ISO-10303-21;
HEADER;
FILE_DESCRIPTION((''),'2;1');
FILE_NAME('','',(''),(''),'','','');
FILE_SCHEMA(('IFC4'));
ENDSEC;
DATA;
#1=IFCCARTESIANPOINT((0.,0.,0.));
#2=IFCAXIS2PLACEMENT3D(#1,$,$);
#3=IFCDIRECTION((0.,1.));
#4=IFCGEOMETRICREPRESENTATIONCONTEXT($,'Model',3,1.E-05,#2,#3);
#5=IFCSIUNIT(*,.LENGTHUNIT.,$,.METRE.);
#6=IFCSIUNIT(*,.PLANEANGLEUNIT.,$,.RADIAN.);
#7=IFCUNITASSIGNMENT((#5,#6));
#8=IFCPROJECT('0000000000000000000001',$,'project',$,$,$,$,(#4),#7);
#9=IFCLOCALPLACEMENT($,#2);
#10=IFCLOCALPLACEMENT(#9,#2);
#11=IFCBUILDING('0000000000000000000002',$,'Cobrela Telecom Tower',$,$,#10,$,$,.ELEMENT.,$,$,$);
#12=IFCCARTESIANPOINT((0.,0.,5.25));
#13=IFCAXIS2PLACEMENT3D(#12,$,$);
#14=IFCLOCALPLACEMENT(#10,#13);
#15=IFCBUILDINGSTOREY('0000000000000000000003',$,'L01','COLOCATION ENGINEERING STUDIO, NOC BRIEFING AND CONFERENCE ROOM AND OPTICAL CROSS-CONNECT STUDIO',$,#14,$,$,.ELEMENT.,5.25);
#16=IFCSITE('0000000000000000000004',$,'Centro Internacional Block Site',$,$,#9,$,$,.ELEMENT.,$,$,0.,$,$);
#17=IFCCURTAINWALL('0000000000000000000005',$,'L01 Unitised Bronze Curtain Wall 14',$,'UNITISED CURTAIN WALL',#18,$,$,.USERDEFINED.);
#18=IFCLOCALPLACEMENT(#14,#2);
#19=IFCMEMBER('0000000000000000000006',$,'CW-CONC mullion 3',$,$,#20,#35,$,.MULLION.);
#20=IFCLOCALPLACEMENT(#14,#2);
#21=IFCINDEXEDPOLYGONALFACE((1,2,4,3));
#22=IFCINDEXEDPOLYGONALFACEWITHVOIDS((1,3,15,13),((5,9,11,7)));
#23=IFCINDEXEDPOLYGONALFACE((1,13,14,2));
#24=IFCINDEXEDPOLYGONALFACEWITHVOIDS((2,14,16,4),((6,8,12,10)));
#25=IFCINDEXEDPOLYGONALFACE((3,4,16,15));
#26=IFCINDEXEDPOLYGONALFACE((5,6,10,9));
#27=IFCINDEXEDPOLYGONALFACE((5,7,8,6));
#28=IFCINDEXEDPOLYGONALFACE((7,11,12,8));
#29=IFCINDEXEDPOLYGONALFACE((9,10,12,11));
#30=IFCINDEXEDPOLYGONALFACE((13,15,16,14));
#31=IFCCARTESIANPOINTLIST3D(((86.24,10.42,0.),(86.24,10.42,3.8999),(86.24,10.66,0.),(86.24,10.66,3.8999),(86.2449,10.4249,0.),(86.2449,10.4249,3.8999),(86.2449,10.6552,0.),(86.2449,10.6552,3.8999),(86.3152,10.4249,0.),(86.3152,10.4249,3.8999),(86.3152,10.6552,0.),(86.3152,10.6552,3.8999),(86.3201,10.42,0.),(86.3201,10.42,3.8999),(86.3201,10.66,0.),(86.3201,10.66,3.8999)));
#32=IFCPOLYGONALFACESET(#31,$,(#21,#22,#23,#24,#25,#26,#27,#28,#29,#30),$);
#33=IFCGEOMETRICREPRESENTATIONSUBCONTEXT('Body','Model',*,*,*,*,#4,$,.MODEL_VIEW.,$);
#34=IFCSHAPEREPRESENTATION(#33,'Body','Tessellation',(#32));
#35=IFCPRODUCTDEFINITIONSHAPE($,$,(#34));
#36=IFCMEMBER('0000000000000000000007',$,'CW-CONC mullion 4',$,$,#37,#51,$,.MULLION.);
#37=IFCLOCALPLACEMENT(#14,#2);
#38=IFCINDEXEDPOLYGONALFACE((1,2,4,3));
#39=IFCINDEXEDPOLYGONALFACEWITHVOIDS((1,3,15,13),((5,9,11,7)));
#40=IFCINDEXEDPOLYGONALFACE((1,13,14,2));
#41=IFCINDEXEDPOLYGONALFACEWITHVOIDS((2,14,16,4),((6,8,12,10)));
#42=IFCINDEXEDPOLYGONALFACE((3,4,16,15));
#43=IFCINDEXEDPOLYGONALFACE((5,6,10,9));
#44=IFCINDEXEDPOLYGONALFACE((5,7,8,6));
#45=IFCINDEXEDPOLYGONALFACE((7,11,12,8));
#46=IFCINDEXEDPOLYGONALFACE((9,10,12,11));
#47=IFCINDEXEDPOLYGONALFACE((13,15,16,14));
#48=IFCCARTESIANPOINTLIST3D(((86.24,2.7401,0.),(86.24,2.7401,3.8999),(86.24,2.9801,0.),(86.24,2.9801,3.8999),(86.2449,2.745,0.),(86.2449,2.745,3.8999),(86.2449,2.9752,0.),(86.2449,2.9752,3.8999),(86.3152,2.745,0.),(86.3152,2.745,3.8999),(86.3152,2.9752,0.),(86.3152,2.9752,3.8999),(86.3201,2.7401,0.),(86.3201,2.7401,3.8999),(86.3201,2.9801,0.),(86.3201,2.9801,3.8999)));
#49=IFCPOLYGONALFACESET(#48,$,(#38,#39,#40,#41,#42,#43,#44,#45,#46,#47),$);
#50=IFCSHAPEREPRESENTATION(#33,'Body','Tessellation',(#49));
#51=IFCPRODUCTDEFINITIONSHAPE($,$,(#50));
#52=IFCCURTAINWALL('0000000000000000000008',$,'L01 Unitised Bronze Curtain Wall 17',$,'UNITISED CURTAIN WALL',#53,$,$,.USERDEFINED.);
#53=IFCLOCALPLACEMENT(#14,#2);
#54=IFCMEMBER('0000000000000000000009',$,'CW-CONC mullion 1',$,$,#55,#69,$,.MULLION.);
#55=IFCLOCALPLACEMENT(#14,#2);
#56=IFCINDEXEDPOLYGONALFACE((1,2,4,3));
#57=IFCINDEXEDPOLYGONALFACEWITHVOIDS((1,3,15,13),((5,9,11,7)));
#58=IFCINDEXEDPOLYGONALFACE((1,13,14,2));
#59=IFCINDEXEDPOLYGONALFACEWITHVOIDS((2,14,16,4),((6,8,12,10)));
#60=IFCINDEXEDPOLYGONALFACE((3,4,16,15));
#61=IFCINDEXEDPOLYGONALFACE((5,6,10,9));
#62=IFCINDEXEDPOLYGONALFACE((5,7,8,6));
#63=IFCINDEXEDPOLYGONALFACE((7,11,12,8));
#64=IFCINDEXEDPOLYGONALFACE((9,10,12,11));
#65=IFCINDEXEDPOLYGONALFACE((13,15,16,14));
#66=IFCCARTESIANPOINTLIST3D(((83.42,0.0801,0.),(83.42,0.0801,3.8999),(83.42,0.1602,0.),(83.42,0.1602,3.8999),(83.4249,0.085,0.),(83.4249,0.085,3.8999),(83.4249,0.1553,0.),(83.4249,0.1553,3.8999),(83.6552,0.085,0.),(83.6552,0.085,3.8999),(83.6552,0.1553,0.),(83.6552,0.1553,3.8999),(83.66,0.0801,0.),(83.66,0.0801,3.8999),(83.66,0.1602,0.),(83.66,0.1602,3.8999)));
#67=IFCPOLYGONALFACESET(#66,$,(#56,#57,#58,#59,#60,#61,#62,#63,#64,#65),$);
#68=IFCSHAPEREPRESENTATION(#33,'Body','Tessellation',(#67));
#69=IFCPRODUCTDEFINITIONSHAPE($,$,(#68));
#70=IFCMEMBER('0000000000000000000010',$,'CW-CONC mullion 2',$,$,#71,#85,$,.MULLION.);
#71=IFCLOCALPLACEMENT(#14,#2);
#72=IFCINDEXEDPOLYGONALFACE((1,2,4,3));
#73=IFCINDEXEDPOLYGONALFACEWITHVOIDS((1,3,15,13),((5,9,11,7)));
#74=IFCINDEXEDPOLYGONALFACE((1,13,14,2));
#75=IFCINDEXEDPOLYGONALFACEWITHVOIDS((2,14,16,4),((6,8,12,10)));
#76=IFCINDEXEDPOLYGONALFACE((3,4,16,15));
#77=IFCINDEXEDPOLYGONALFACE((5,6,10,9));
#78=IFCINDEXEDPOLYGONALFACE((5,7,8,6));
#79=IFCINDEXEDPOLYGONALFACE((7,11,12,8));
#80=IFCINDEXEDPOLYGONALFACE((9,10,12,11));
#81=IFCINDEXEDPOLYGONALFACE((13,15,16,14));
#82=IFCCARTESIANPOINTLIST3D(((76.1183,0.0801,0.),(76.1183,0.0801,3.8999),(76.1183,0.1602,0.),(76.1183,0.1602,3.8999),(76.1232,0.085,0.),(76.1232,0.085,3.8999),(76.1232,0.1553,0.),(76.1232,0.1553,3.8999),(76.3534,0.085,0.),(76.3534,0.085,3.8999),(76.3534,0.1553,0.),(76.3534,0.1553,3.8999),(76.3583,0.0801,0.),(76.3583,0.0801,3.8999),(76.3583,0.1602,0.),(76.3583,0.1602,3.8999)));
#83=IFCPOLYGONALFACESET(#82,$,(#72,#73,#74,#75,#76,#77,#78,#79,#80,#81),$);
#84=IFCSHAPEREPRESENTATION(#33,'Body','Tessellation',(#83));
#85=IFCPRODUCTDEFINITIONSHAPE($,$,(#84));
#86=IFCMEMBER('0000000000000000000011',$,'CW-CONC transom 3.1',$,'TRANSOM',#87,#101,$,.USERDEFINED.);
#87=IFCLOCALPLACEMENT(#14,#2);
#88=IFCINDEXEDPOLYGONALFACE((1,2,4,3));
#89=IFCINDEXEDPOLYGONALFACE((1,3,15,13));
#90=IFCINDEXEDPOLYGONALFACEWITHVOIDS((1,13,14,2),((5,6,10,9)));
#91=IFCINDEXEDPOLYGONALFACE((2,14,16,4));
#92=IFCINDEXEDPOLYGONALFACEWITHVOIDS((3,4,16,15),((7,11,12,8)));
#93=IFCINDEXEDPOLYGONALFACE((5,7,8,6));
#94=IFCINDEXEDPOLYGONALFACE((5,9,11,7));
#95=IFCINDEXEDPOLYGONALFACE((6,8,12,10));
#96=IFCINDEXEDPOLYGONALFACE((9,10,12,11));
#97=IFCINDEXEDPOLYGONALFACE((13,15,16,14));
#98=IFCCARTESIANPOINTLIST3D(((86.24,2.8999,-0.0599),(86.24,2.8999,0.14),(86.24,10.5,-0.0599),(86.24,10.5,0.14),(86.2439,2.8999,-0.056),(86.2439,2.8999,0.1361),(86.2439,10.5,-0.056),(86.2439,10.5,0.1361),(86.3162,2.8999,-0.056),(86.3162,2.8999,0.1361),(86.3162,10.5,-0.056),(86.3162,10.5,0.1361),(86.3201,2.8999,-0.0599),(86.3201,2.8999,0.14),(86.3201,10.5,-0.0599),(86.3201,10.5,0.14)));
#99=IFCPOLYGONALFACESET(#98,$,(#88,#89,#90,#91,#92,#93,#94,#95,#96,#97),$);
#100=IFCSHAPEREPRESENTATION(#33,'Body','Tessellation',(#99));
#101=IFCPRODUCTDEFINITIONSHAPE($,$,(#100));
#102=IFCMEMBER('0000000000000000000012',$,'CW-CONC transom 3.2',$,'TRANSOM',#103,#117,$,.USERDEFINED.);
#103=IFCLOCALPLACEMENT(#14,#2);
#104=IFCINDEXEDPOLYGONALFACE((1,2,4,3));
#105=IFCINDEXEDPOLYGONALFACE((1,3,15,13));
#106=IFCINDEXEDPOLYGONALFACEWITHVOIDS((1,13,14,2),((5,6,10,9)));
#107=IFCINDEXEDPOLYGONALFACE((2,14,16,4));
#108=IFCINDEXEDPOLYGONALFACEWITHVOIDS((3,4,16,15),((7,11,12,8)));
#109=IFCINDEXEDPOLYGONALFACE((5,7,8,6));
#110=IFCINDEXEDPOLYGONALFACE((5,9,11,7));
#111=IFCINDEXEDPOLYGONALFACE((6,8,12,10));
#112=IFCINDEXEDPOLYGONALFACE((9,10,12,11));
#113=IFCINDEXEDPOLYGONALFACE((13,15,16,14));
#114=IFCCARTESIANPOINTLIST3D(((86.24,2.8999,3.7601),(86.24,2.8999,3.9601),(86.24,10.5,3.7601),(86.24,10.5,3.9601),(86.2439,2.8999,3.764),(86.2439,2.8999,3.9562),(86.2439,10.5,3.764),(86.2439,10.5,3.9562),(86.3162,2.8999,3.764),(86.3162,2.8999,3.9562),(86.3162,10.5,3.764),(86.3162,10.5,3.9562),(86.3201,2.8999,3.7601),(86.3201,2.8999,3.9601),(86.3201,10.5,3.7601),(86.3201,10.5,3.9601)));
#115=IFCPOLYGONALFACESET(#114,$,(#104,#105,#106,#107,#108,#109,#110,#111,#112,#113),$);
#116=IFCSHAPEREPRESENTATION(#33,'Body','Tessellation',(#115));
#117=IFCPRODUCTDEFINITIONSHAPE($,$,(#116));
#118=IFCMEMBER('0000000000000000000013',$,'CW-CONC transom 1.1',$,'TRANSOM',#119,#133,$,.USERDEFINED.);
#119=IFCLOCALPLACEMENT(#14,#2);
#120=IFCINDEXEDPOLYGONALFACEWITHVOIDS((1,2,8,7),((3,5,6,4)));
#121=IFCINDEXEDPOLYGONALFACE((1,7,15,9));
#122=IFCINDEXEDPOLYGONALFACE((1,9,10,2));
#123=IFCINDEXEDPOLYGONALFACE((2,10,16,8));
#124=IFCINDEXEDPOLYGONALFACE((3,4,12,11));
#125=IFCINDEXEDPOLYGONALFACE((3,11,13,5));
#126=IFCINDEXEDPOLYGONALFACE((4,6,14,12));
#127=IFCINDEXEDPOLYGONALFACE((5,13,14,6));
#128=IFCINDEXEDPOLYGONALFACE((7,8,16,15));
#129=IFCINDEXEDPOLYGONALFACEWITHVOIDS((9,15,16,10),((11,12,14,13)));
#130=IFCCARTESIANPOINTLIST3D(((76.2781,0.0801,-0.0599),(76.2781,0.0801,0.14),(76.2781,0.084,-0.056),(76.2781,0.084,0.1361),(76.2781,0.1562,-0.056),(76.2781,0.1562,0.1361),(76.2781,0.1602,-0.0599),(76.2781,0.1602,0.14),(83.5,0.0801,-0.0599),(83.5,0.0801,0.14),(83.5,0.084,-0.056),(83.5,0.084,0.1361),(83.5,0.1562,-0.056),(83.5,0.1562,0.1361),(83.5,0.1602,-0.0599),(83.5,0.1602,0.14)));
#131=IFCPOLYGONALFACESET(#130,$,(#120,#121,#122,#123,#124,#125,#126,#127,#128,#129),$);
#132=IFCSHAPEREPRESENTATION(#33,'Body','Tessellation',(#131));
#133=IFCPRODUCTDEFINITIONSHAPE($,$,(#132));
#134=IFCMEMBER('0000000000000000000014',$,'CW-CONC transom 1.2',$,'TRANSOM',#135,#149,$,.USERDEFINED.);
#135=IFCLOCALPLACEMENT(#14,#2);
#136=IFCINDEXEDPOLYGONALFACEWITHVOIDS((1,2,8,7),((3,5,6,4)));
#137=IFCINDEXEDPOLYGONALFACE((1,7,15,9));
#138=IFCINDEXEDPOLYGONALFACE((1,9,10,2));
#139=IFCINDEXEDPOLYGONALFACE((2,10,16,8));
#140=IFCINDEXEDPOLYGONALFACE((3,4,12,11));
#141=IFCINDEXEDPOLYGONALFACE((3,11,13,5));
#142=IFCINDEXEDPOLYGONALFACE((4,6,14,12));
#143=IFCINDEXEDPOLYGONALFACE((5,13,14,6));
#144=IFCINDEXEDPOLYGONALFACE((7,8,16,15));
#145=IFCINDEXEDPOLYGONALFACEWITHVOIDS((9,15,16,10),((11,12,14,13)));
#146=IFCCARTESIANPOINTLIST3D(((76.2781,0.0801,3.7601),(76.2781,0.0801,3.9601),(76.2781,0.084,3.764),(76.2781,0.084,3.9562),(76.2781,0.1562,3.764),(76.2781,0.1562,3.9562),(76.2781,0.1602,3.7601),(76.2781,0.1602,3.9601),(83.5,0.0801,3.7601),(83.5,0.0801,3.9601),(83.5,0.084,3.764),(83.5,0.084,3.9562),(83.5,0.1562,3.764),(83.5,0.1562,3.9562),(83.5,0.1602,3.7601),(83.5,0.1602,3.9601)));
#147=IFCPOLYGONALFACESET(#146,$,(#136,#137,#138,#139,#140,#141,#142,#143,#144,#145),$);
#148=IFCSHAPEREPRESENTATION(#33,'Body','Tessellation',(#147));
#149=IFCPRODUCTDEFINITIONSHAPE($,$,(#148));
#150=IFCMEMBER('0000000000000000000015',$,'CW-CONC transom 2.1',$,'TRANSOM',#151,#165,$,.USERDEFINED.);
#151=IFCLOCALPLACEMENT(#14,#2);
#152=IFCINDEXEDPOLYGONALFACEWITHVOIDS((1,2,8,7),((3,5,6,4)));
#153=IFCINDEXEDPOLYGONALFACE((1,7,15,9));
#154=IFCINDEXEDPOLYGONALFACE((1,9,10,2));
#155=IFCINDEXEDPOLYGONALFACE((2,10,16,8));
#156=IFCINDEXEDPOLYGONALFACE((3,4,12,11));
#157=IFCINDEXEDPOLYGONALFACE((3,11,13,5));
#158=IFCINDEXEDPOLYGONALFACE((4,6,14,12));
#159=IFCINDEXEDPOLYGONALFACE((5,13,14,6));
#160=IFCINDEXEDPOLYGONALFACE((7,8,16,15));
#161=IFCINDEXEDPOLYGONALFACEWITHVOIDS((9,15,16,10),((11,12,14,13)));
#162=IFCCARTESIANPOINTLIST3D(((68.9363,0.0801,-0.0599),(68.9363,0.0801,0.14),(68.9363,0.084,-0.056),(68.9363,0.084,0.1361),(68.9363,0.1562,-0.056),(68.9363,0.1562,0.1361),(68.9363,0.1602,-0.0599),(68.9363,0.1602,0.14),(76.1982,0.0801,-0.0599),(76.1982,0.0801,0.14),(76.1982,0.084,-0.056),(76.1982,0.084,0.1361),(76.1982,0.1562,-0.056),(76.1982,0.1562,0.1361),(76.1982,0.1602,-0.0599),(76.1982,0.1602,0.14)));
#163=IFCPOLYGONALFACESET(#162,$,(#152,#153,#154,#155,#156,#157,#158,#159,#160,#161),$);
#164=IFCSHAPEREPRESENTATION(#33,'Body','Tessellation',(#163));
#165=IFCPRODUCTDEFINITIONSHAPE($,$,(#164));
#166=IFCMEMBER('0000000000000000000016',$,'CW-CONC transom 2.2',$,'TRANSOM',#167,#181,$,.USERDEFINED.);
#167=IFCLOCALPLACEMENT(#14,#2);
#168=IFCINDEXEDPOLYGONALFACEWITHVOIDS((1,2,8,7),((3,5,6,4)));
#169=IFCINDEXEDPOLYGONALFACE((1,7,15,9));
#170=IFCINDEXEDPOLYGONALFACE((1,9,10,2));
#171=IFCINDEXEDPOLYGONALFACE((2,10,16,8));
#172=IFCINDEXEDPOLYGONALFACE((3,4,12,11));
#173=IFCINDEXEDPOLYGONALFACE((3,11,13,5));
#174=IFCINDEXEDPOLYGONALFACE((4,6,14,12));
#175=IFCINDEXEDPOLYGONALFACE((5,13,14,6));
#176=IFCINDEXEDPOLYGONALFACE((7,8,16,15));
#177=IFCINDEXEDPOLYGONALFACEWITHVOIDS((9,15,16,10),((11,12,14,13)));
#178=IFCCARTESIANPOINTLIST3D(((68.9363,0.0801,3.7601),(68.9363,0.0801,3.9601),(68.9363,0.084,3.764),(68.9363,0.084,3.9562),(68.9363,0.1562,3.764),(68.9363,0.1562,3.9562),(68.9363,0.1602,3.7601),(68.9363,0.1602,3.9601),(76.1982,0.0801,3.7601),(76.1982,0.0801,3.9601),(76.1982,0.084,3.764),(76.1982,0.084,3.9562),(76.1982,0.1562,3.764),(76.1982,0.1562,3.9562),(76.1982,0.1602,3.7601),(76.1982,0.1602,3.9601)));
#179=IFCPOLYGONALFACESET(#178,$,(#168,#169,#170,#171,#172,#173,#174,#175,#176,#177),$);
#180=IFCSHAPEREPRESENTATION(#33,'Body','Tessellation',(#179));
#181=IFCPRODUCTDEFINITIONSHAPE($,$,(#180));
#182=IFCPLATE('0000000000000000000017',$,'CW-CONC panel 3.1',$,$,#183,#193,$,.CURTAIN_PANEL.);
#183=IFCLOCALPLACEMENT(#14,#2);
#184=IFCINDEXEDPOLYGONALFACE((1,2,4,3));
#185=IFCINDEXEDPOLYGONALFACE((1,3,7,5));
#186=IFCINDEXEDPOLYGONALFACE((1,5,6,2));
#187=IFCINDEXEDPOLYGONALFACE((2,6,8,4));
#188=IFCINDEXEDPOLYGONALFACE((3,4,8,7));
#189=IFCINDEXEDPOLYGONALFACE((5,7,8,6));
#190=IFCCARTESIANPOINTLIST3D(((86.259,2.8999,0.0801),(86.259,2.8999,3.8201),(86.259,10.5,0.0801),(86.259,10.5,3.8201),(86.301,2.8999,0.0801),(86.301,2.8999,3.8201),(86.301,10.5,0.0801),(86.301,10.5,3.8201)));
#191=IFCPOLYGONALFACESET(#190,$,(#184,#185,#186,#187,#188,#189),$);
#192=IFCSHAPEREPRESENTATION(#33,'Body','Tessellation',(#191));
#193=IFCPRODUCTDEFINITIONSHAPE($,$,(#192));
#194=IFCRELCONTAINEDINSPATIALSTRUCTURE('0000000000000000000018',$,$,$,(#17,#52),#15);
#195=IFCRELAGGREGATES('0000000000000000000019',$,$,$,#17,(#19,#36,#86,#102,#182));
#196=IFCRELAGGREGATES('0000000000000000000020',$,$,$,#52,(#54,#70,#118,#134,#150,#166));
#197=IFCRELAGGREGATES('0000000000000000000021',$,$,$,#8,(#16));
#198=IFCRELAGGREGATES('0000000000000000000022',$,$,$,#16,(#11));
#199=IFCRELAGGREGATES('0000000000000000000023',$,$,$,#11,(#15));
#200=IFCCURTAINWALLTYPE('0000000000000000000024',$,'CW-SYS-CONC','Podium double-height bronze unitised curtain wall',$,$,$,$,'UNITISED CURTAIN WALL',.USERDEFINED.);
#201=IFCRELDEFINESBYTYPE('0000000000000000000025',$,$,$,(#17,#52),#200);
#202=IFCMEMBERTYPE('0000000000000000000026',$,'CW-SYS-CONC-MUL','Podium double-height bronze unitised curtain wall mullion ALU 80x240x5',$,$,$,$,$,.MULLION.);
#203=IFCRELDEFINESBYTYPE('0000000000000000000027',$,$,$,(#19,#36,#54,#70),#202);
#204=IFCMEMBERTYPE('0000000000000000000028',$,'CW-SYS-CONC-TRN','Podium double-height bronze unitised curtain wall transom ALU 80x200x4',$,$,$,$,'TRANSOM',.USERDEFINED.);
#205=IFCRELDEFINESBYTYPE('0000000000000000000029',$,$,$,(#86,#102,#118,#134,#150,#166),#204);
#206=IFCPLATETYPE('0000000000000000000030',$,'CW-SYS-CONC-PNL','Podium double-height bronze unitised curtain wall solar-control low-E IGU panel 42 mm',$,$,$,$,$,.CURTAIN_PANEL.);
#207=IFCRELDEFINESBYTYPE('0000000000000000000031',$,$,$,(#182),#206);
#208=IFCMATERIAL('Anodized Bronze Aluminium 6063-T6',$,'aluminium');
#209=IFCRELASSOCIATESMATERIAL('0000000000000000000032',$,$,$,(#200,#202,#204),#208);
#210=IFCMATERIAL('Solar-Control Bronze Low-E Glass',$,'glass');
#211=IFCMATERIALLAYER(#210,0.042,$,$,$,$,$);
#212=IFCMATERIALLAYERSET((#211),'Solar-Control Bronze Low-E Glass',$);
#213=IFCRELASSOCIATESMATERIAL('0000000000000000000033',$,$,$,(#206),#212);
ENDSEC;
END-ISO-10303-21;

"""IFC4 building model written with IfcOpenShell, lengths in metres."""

from ifc_helpers import new_model, si_unit, direction, frame, origin, origin_2d, place, context, subcontext, project, spatial, rectangle, hollow_rectangle, extrude, material, layer, layer_set, material_profile, profile_set, type_object, element, aggregate, save


model = new_model("IFC4")

# Units and contexts
model_context = context("Model", 3, precision=1e-05, world=origin(), true_north=direction((0.0, 1.0)))
body_context = subcontext(model_context, "Body", "Model", "MODEL_VIEW")
ifc_project = project(units=[si_unit("LENGTHUNIT", "METRE"), si_unit("PLANEANGLEUNIT", "RADIAN")], contexts=[model_context])

# Site, building, storey
site_placement = place(None, origin())
site = spatial("IfcSite", under=ifc_project, at=site_placement, Name="Centro Internacional Block Site", CompositionType="ELEMENT", RefElevation=0.0)
building_placement = place(site_placement, origin())
building = spatial("IfcBuilding", under=site, at=building_placement, Name="Cobrela Telecom Tower", CompositionType="ELEMENT")
storey_placement = place(building_placement, frame((0.0, 0.0, 5.25)))
storey = spatial("IfcBuildingStorey", under=building, at=storey_placement, Name="L01", Description="COLOCATION ENGINEERING STUDIO, NOC BRIEFING AND CONFERENCE ROOM AND OPTICAL CROSS-CONNECT STUDIO", CompositionType="ELEMENT", Elevation=5.25)

# Curtain walls, members
ifc_material_1 = material(Name="Anodized Bronze Aluminium 6063-T6", Category="aluminium")
curtain_wall_type = type_object("IfcCurtainWallType", Name="CW-SYS-CONC", Description="Podium double-height bronze unitised curtain wall", ElementType="UNITISED CURTAIN WALL", PredefinedType="USERDEFINED", material=ifc_material_1)
curtain_wall_1_placement = place(storey_placement, origin())
curtain_wall_1 = element("IfcCurtainWall", 1, at=curtain_wall_1_placement, inside=storey, type_object=curtain_wall_type, Name="L01 Unitised Bronze Curtain Wall 14", ObjectType="UNITISED CURTAIN WALL", PredefinedType="USERDEFINED")
ifc_material_profile_1 = material_profile(ifc_material_1, hollow_rectangle(XDim=0.0801, YDim=0.24, WallThickness=0.0049, at=origin_2d()), Name="ALU 80x240x5")
ifc_profile_set_1 = profile_set([ifc_material_profile_1], Name="Anodized Bronze Aluminium 6063-T6")
member_type_1 = type_object("IfcMemberType", Name="CW-SYS-CONC-MUL", Description="Podium double-height bronze unitised curtain wall mullion ALU 80x240x5", PredefinedType="MULLION", material=ifc_profile_set_1)
member_1_placement = place(storey_placement, frame((86.28, 10.54, 0.0), z_axis=(0.0, 0.0, 1.0), x_axis=(1.0, 0.0, 0.0)))
member_1 = element("IfcMember", 2, at=member_1_placement, type_object=member_type_1, Name="CW-CONC mullion 3", PredefinedType="MULLION", context=body_context, shape_type="SweptSolid", body=[
    extrude(hollow_rectangle(XDim=0.0801, YDim=0.24, WallThickness=0.0049, at=origin_2d()), origin(), (0.0, 0.0, 1.0), 3.8999),
])
member_2_placement = place(storey_placement, frame((86.28, 2.8601, 0.0), z_axis=(0.0, 0.0, 1.0), x_axis=(1.0, 0.0, 0.0)))
member_2 = element("IfcMember", 3, at=member_2_placement, type_object=member_type_1, Name="CW-CONC mullion 4", PredefinedType="MULLION", context=body_context, shape_type="SweptSolid", body=[
    extrude(hollow_rectangle(XDim=0.0801, YDim=0.24, WallThickness=0.0049, at=origin_2d()), origin(), (0.0, 0.0, 1.0), 3.8999),
])
curtain_wall_2_placement = place(storey_placement, origin())
curtain_wall_2 = element("IfcCurtainWall", 4, at=curtain_wall_2_placement, inside=storey, type_object=curtain_wall_type, Name="L01 Unitised Bronze Curtain Wall 17", ObjectType="UNITISED CURTAIN WALL", PredefinedType="USERDEFINED")
member_3_placement = place(storey_placement, frame((83.54, 0.1201, 0.0), z_axis=(0.0, 0.0, 1.0), x_axis=(0.0, -1.0, 0.0)))
member_3 = element("IfcMember", 5, at=member_3_placement, type_object=member_type_1, Name="CW-CONC mullion 1", PredefinedType="MULLION", context=body_context, shape_type="SweptSolid", body=[
    extrude(hollow_rectangle(XDim=0.0801, YDim=0.24, WallThickness=0.0049, at=origin_2d()), origin(), (0.0, 0.0, 1.0), 3.8999),
])
member_4_placement = place(storey_placement, frame((76.2383, 0.1201, 0.0), z_axis=(0.0, 0.0, 1.0), x_axis=(0.0, -1.0, 0.0)))
member_4 = element("IfcMember", 6, at=member_4_placement, type_object=member_type_1, Name="CW-CONC mullion 2", PredefinedType="MULLION", context=body_context, shape_type="SweptSolid", body=[
    extrude(hollow_rectangle(XDim=0.0801, YDim=0.24, WallThickness=0.0049, at=origin_2d()), origin(), (0.0, 0.0, 1.0), 3.8999),
])

# Members
ifc_material_profile_2 = material_profile(ifc_material_1, hollow_rectangle(XDim=0.0801, YDim=0.2, WallThickness=0.0039, at=origin_2d()), Name="ALU 80x200x4")
ifc_profile_set_2 = profile_set([ifc_material_profile_2], Name="Anodized Bronze Aluminium 6063-T6")
member_type_2 = type_object("IfcMemberType", Name="CW-SYS-CONC-TRN", Description="Podium double-height bronze unitised curtain wall transom ALU 80x200x4", ElementType="TRANSOM", PredefinedType="USERDEFINED", material=ifc_profile_set_2)
member_5_placement = place(storey_placement, frame((86.28, 10.5, 0.04), z_axis=(0.0, -1.0, 0.0), x_axis=(1.0, 0.0, 0.0)))
member_5 = element("IfcMember", 7, at=member_5_placement, type_object=member_type_2, Name="CW-CONC transom 3.1", ObjectType="TRANSOM", PredefinedType="USERDEFINED", context=body_context, shape_type="SweptSolid", body=[
    extrude(hollow_rectangle(XDim=0.0801, YDim=0.2, WallThickness=0.0039, at=origin_2d()), origin(), (0.0, 0.0, 1.0), 7.6001),
])
member_6_placement = place(storey_placement, frame((86.28, 10.5, 3.8601), z_axis=(0.0, -1.0, 0.0), x_axis=(1.0, 0.0, 0.0)))
member_6 = element("IfcMember", 8, at=member_6_placement, type_object=member_type_2, Name="CW-CONC transom 3.2", ObjectType="TRANSOM", PredefinedType="USERDEFINED", context=body_context, shape_type="SweptSolid", body=[
    extrude(hollow_rectangle(XDim=0.0801, YDim=0.2, WallThickness=0.0039, at=origin_2d()), origin(), (0.0, 0.0, 1.0), 7.6001),
])
member_7_placement = place(storey_placement, frame((83.5, 0.1201, 0.04), z_axis=(-1.0, 0.0, 0.0), x_axis=(0.0, -1.0, 0.0)))
member_7 = element("IfcMember", 9, at=member_7_placement, type_object=member_type_2, Name="CW-CONC transom 1.1", ObjectType="TRANSOM", PredefinedType="USERDEFINED", context=body_context, shape_type="SweptSolid", body=[
    extrude(hollow_rectangle(XDim=0.0801, YDim=0.2, WallThickness=0.0039, at=origin_2d()), origin(), (0.0, 0.0, 1.0), 7.2219),
])
member_8_placement = place(storey_placement, frame((83.5, 0.1201, 3.8601), z_axis=(-1.0, 0.0, 0.0), x_axis=(0.0, -1.0, 0.0)))
member_8 = element("IfcMember", 10, at=member_8_placement, type_object=member_type_2, Name="CW-CONC transom 1.2", ObjectType="TRANSOM", PredefinedType="USERDEFINED", context=body_context, shape_type="SweptSolid", body=[
    extrude(hollow_rectangle(XDim=0.0801, YDim=0.2, WallThickness=0.0039, at=origin_2d()), origin(), (0.0, 0.0, 1.0), 7.2219),
])
member_9_placement = place(storey_placement, frame((76.1982, 0.1201, 0.04), z_axis=(-1.0, 0.0, 0.0), x_axis=(0.0, -1.0, 0.0)))
member_9 = element("IfcMember", 11, at=member_9_placement, type_object=member_type_2, Name="CW-CONC transom 2.1", ObjectType="TRANSOM", PredefinedType="USERDEFINED", context=body_context, shape_type="SweptSolid", body=[
    extrude(hollow_rectangle(XDim=0.0801, YDim=0.2, WallThickness=0.0039, at=origin_2d()), origin(), (0.0, 0.0, 1.0), 7.262),
])
member_10_placement = place(storey_placement, frame((76.1982, 0.1201, 3.8601), z_axis=(-1.0, 0.0, 0.0), x_axis=(0.0, -1.0, 0.0)))
member_10 = element("IfcMember", 12, at=member_10_placement, type_object=member_type_2, Name="CW-CONC transom 2.2", ObjectType="TRANSOM", PredefinedType="USERDEFINED", context=body_context, shape_type="SweptSolid", body=[
    extrude(hollow_rectangle(XDim=0.0801, YDim=0.2, WallThickness=0.0039, at=origin_2d()), origin(), (0.0, 0.0, 1.0), 7.262),
])

# Plate
ifc_material_2 = material(Name="Solar-Control Bronze Low-E Glass", Category="glass")
ifc_layer_1 = layer(ifc_material_2, 0.042)
ifc_layer_set_1 = layer_set([ifc_layer_1], Name="Solar-Control Bronze Low-E Glass")
plate_type_1 = type_object("IfcPlateType", Name="CW-SYS-CONC-PNL", Description="Podium double-height bronze unitised curtain wall solar-control low-E IGU panel 42 mm", PredefinedType="CURTAIN_PANEL", material=ifc_layer_set_1)
plate_1_placement = place(storey_placement, frame((86.28, 6.7, 0.0801), z_axis=(0.0, 0.0, 1.0), x_axis=(0.0, -1.0, 0.0)))
plate_1 = element("IfcPlate", 13, at=plate_1_placement, type_object=plate_type_1, Name="CW-CONC panel 3.1", PredefinedType="CURTAIN_PANEL", context=body_context, shape_type="SweptSolid", body=[
    extrude(rectangle(XDim=7.6001, YDim=0.042, at=origin_2d()), origin(), (0.0, 0.0, 1.0), 3.74),
])
aggregate(curtain_wall_1, [member_1, member_2, member_5, member_6, plate_1])
aggregate(curtain_wall_2, [member_3, member_4, member_7, member_8, member_9, member_10])

save(model, "model.ifc")
